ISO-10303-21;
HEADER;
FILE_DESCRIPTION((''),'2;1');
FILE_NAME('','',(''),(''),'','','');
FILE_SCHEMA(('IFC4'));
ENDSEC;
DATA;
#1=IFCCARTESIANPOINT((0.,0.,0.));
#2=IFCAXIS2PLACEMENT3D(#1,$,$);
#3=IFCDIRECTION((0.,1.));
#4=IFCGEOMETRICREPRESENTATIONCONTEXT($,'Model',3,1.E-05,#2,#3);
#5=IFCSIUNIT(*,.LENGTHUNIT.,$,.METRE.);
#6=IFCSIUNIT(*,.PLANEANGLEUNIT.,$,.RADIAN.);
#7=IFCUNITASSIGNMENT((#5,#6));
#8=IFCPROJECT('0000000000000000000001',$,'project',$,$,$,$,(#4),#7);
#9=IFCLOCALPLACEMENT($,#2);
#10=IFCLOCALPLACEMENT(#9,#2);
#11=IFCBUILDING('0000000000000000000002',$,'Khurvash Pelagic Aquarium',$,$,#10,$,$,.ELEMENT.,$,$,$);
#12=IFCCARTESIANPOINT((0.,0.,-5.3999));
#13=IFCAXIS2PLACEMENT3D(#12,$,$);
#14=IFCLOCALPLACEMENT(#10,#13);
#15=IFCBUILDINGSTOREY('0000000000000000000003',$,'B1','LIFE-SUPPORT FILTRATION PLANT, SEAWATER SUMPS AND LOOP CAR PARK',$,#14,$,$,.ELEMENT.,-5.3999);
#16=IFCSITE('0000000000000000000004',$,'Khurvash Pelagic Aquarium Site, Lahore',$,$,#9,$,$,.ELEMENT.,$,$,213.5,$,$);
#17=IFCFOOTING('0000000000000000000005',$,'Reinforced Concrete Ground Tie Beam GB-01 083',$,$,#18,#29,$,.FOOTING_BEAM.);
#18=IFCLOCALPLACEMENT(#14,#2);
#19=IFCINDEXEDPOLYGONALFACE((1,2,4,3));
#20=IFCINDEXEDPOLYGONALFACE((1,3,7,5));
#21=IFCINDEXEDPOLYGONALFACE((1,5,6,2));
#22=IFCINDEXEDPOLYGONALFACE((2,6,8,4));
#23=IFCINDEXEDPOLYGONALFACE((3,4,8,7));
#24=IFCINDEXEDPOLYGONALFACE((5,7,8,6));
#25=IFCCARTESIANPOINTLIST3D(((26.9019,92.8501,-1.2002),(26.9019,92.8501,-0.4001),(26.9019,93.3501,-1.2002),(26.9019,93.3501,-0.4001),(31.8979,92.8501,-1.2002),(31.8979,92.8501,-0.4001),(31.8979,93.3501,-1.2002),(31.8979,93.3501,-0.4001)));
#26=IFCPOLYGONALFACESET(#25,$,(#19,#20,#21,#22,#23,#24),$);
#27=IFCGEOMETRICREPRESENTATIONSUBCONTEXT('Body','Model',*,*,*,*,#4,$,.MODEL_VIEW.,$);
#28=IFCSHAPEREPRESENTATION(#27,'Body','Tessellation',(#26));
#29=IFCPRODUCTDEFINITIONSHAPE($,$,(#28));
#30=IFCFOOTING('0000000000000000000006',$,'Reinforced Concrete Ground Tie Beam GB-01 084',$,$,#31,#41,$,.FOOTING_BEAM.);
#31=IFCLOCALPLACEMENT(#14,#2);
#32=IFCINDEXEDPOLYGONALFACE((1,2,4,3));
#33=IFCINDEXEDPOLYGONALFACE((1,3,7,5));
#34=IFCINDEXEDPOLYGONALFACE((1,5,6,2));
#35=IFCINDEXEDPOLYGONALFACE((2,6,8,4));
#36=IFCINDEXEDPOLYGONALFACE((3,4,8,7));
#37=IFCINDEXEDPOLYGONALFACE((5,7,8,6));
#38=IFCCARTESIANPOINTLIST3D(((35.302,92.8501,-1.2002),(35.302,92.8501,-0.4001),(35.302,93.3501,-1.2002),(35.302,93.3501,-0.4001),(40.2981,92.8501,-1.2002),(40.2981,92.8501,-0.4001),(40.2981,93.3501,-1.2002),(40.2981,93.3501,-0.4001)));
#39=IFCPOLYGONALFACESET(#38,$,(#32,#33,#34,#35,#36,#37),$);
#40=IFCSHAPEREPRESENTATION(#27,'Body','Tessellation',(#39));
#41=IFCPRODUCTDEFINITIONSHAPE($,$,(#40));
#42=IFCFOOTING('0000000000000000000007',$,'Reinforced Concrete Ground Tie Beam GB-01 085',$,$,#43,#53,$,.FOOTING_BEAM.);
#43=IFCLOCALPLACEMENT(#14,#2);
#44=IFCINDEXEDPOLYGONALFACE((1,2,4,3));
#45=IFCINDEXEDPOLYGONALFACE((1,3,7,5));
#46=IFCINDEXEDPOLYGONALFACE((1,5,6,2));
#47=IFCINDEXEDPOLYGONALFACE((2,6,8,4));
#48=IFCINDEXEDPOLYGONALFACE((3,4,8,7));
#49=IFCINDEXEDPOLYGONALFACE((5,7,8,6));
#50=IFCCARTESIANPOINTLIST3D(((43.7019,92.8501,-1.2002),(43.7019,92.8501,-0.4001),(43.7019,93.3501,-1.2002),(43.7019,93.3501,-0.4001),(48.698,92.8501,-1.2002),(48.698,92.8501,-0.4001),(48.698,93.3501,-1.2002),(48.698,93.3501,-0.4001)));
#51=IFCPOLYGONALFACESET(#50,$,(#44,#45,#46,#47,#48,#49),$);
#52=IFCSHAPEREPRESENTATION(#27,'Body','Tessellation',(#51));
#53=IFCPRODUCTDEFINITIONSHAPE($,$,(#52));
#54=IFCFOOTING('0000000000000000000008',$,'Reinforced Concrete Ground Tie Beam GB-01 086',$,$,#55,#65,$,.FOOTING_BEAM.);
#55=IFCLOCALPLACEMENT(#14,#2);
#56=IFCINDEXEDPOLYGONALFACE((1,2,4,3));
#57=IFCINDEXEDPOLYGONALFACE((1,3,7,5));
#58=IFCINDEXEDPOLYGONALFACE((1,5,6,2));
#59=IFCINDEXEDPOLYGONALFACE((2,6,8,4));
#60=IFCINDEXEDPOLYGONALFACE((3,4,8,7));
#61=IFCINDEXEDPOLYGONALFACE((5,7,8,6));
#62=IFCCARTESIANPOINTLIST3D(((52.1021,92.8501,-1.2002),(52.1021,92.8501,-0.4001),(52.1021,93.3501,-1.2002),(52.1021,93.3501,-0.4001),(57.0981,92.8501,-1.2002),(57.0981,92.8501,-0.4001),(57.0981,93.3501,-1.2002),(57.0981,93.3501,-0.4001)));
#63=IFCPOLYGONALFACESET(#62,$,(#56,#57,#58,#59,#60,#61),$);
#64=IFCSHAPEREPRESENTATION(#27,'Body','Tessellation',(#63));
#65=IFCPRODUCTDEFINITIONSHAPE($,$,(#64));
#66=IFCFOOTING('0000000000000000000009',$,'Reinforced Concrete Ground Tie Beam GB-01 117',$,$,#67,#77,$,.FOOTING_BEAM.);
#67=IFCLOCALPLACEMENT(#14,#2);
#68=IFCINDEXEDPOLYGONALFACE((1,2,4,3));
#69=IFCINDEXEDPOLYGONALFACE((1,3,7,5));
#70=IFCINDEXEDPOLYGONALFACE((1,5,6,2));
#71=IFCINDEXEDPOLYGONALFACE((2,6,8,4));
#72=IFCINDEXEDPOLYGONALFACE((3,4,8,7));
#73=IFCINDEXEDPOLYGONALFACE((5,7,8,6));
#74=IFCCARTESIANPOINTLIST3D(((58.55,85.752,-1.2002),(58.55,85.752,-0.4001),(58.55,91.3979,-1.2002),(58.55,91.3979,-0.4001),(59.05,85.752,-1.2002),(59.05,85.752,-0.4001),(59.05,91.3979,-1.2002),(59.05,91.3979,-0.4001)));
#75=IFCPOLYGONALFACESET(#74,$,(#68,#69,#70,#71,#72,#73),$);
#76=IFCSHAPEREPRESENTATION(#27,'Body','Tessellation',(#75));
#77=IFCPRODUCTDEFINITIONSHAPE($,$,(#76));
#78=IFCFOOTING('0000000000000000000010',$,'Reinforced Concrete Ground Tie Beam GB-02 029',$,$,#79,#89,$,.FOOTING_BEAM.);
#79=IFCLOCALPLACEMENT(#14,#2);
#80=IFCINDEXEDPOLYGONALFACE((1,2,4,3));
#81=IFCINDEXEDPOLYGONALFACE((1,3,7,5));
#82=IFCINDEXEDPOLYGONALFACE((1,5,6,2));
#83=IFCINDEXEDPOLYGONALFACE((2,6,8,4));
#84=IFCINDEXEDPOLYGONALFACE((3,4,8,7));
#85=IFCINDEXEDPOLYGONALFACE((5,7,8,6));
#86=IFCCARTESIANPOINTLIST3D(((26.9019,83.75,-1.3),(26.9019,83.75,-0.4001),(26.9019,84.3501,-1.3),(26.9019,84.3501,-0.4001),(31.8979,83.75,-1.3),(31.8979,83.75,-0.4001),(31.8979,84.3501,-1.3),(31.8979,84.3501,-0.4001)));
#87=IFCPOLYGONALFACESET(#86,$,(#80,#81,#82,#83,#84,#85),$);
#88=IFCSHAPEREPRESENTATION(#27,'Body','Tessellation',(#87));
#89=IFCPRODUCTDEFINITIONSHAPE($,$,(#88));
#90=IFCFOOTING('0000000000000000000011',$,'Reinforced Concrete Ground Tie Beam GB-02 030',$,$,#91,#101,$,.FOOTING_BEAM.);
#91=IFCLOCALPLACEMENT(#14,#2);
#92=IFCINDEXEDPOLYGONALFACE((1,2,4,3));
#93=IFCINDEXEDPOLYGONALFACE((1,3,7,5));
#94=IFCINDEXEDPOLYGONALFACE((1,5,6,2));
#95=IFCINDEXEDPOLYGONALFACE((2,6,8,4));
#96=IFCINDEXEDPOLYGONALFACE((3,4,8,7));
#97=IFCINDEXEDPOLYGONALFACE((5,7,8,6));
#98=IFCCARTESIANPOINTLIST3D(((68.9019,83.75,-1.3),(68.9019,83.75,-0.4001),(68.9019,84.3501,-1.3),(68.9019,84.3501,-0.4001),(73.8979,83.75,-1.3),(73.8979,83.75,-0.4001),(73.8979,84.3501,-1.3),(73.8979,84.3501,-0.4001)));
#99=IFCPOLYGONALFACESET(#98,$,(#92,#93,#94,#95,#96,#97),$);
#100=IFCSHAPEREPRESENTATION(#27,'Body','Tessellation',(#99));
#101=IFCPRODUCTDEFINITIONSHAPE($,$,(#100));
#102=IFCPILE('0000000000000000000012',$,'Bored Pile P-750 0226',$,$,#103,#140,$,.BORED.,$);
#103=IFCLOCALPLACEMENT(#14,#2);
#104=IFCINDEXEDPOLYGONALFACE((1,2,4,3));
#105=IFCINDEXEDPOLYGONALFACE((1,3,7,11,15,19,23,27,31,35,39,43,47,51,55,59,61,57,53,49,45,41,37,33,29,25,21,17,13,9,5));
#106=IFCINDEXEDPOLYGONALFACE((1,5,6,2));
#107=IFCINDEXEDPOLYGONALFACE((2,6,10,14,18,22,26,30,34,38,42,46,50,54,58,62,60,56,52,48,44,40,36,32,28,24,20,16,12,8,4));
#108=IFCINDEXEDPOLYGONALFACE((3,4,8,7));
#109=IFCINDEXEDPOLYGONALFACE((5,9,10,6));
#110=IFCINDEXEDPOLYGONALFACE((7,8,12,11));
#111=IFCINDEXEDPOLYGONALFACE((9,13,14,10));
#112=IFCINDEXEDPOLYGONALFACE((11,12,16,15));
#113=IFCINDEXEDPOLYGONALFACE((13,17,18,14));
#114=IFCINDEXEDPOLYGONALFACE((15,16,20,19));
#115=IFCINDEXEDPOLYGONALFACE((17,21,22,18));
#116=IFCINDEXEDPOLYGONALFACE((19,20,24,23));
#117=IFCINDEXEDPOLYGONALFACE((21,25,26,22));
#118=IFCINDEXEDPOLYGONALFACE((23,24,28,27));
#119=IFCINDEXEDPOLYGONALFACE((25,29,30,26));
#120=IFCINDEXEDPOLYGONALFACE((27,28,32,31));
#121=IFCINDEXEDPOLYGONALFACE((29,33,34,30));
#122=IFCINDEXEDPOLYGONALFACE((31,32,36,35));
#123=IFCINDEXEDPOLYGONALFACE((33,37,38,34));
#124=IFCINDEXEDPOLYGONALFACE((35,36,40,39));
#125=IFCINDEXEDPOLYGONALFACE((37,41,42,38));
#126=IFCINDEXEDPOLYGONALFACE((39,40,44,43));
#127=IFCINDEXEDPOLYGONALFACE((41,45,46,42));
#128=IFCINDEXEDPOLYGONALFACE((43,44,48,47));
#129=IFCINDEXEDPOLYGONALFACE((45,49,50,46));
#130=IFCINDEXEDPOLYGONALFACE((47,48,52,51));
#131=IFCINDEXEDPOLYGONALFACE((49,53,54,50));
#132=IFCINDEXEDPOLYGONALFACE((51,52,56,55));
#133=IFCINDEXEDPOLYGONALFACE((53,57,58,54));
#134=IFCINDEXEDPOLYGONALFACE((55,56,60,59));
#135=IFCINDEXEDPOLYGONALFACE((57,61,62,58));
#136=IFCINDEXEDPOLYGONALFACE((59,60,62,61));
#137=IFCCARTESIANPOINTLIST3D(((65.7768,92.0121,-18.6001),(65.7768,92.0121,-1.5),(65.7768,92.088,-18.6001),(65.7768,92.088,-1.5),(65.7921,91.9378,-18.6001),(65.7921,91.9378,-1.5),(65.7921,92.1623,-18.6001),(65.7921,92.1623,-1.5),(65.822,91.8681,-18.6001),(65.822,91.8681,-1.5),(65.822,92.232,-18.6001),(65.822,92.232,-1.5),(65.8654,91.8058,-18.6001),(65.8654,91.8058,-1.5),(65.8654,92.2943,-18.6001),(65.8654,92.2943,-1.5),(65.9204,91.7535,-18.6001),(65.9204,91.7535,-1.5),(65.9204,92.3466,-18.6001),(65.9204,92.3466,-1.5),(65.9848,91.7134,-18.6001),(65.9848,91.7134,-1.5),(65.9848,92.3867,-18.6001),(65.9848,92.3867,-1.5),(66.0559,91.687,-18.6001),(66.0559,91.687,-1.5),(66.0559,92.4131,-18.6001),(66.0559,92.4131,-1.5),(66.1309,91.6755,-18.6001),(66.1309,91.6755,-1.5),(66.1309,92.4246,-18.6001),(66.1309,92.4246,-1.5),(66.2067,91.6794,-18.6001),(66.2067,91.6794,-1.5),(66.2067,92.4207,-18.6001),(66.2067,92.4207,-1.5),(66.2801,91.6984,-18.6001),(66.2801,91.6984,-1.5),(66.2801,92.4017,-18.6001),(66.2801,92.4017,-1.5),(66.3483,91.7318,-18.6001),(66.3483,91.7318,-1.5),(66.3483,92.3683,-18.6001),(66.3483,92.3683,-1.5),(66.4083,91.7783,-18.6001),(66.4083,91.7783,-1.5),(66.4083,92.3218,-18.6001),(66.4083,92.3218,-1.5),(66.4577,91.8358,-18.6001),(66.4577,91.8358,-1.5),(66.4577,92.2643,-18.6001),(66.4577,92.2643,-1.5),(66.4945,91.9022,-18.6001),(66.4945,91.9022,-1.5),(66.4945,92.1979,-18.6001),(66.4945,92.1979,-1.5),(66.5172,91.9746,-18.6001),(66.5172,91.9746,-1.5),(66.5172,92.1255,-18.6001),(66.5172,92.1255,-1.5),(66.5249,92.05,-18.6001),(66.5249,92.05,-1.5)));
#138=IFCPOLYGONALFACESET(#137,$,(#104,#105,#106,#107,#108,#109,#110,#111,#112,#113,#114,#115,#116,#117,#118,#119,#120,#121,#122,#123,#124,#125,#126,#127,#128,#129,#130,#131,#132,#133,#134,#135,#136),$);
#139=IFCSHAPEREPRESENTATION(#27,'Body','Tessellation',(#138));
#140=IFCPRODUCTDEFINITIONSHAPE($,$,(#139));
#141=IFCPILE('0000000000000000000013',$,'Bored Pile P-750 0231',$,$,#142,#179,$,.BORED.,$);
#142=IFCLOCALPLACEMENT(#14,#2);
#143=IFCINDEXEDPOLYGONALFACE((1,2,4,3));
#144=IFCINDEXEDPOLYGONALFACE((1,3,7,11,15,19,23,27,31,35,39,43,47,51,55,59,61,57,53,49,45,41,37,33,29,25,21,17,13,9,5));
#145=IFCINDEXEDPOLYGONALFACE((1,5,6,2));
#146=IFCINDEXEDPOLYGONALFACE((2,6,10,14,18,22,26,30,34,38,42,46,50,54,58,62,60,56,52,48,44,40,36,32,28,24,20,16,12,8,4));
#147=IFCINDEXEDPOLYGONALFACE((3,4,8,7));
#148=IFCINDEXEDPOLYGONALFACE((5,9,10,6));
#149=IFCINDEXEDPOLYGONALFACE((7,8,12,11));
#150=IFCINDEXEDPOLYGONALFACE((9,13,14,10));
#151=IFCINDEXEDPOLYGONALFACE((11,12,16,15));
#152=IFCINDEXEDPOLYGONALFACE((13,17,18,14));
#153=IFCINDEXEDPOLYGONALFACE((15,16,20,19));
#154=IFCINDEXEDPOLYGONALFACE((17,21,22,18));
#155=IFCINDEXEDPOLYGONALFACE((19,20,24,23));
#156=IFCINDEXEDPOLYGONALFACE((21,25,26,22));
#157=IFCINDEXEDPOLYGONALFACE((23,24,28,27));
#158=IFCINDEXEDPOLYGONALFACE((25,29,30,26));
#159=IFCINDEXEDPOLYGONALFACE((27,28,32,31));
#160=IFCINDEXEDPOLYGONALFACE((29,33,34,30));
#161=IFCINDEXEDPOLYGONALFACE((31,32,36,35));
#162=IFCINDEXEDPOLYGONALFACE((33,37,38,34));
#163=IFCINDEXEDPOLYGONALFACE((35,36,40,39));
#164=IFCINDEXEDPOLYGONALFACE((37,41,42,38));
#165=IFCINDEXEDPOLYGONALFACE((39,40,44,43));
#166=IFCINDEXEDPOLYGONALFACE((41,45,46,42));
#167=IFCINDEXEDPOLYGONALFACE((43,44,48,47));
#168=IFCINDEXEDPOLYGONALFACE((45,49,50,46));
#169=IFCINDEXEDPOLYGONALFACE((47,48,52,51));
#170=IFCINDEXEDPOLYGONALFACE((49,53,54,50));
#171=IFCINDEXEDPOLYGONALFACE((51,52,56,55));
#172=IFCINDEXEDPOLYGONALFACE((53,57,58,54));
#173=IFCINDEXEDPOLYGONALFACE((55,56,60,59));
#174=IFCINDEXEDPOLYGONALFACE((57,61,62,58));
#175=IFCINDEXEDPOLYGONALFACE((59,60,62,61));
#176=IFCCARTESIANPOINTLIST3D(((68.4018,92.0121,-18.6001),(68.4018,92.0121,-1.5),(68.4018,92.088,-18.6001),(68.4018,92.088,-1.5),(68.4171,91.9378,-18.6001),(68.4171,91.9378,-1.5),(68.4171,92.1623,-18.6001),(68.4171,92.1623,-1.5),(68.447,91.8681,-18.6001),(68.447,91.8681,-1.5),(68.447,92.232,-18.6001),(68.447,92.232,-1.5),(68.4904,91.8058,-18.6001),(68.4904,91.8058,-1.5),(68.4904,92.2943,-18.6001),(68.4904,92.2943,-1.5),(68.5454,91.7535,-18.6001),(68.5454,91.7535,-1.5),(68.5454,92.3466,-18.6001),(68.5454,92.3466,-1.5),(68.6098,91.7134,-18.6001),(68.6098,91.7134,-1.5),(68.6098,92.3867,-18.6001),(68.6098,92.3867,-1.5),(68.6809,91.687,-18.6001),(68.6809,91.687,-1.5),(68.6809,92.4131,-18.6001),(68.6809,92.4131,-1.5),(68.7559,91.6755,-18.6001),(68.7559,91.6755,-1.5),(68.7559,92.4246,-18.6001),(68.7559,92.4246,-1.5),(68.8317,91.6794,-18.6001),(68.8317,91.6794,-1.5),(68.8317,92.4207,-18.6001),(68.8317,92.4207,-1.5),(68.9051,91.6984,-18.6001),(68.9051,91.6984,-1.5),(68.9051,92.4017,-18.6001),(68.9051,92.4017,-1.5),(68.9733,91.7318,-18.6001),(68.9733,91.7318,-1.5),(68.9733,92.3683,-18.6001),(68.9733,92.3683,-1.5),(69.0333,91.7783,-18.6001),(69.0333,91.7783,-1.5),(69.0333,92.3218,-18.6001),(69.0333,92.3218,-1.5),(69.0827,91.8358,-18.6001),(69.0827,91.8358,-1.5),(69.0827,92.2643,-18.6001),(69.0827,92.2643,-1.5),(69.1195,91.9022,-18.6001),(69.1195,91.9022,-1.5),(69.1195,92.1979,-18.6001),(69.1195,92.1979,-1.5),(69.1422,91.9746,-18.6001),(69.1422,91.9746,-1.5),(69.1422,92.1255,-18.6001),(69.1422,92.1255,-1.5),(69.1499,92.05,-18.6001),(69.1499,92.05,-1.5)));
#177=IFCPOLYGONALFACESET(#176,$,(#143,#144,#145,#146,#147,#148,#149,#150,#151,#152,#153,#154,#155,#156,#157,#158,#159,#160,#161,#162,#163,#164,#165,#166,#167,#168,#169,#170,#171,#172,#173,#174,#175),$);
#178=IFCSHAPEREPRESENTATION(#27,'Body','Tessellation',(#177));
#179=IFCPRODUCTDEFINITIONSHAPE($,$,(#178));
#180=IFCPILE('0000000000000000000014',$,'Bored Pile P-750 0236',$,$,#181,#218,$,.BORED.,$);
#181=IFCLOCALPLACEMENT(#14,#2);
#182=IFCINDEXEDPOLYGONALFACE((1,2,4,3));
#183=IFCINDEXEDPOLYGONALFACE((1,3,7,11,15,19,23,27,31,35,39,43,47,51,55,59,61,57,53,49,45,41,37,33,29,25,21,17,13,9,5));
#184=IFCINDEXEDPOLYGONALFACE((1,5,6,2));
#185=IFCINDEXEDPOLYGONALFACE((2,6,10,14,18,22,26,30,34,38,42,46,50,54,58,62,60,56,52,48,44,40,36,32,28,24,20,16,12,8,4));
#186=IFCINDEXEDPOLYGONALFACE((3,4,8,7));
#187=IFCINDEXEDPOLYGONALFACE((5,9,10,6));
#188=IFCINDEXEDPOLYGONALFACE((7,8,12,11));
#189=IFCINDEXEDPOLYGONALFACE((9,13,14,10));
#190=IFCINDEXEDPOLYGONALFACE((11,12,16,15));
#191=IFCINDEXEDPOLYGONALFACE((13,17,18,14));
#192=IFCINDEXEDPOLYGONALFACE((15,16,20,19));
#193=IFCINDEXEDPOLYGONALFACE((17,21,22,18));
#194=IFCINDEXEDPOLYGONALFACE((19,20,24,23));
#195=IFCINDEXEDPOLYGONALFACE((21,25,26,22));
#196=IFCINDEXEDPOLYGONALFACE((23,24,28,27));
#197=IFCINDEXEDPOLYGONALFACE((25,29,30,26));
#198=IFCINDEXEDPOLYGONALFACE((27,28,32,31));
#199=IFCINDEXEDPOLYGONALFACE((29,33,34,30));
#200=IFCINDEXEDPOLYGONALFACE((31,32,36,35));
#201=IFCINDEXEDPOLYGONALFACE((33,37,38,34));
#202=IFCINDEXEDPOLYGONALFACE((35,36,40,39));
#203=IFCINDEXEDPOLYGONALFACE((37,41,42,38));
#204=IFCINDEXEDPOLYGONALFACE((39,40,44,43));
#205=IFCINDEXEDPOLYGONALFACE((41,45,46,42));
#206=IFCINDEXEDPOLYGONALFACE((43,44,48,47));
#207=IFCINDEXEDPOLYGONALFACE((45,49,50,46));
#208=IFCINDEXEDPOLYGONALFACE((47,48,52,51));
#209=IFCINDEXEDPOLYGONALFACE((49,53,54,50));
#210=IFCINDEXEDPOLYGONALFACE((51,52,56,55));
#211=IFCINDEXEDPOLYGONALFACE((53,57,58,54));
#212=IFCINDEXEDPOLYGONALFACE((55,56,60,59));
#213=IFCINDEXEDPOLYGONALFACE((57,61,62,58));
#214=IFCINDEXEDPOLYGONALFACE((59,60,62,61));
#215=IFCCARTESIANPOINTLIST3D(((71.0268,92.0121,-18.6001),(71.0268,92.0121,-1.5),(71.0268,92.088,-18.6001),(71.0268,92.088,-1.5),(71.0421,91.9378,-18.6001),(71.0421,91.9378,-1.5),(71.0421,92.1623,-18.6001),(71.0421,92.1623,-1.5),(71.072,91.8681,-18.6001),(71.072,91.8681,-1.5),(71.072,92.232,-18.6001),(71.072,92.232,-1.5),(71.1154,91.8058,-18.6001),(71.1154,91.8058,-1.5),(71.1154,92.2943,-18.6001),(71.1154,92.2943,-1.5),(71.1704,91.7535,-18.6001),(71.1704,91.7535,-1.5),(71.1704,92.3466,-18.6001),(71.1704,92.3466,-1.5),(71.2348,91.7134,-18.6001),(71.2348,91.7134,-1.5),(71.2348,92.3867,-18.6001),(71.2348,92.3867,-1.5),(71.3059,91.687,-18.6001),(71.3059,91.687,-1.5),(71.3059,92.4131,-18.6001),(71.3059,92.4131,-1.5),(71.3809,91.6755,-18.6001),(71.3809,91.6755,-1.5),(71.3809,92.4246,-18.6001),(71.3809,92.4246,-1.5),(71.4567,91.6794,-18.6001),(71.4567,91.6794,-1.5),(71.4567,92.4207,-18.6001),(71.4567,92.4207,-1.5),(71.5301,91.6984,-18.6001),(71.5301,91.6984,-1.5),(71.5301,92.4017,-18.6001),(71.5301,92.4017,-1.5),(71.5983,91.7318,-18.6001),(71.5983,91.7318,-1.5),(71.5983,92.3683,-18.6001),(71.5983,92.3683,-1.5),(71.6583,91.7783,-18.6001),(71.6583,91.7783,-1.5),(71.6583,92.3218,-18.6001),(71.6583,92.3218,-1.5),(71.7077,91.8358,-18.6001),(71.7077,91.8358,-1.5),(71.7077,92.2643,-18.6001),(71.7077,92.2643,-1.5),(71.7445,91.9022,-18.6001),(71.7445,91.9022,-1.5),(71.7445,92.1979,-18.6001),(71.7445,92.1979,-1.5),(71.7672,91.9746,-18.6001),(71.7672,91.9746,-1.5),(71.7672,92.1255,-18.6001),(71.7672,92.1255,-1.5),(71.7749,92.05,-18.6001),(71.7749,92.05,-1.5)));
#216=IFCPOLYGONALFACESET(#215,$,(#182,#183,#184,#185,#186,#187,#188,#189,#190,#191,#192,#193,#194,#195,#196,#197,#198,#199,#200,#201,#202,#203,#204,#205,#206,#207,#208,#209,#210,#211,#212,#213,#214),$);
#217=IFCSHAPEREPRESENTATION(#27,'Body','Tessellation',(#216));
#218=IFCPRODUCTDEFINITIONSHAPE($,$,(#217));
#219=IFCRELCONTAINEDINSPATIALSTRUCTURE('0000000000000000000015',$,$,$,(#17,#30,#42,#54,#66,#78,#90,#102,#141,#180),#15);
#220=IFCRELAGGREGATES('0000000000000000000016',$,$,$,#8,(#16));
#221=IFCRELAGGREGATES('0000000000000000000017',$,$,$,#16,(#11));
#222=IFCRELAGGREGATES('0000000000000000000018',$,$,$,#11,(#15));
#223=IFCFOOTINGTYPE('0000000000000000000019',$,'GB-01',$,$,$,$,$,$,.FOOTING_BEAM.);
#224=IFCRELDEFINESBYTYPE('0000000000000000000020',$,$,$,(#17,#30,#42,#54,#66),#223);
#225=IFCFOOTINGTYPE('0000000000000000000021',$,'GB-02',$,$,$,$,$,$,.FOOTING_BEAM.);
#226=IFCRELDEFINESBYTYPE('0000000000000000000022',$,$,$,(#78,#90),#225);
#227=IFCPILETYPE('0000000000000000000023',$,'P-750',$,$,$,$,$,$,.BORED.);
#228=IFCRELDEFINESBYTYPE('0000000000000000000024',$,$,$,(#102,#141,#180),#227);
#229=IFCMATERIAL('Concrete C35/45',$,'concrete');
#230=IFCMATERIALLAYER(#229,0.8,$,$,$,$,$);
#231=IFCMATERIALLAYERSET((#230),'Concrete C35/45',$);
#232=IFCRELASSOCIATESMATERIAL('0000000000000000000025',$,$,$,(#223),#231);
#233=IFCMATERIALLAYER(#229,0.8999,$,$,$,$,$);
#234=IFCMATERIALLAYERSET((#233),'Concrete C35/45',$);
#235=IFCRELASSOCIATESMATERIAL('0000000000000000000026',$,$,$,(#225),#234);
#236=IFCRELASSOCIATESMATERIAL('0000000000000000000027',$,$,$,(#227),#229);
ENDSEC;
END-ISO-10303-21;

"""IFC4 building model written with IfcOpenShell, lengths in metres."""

from ifc_helpers import new_model, si_unit, direction, frame, origin, origin_2d, place, context, subcontext, project, spatial, rectangle, circle, extrude, material, layer, layer_set, material_profile, profile_set, type_object, element, save


model = new_model("IFC4")

# Units and contexts
model_context = context("Model", 3, precision=1e-05, world=origin(), true_north=direction((0.0, 1.0)))
body_context = subcontext(model_context, "Body", "Model", "MODEL_VIEW")
ifc_project = project(units=[si_unit("LENGTHUNIT", "METRE"), si_unit("PLANEANGLEUNIT", "RADIAN")], contexts=[model_context])

# Site, building, storey
site_placement = place(None, origin())
site = spatial("IfcSite", under=ifc_project, at=site_placement, Name="Khurvash Pelagic Aquarium Site, Lahore", CompositionType="ELEMENT", RefElevation=213.5)
building_placement = place(site_placement, origin())
building = spatial("IfcBuilding", under=site, at=building_placement, Name="Khurvash Pelagic Aquarium", CompositionType="ELEMENT")
storey_placement = place(building_placement, frame((0.0, 0.0, -5.3999)))
storey = spatial("IfcBuildingStorey", under=building, at=storey_placement, Name="B1", Description="LIFE-SUPPORT FILTRATION PLANT, SEAWATER SUMPS AND LOOP CAR PARK", CompositionType="ELEMENT", Elevation=-5.3999)

# Footings
ifc_material_1 = material(Name="Concrete C35/45", Category="concrete")
ifc_layer_1 = layer(ifc_material_1, 0.8)
ifc_layer_set_1 = layer_set([ifc_layer_1], Name="Concrete C35/45")
footing_type_1 = type_object("IfcFootingType", Name="GB-01", PredefinedType="FOOTING_BEAM", material=ifc_layer_set_1)
for number, where, z_axis, x_axis, name in (
    (1, (29.3999, 93.1001, -1.2002), (0.0, 0.0, 1.0), (1.0, 0.0, 0.0), "Reinforced Concrete Ground Tie Beam GB-01 083"),
    (2, (37.8, 93.1001, -1.2002), (0.0, 0.0, 1.0), (1.0, 0.0, 0.0), "Reinforced Concrete Ground Tie Beam GB-01 084"),
    (3, (46.2, 93.1001, -1.2002), (0.0, 0.0, 1.0), (1.0, 0.0, 0.0), "Reinforced Concrete Ground Tie Beam GB-01 085"),
    (4, (54.6001, 93.1001, -1.2002), (0.0, 0.0, 1.0), (1.0, 0.0, 0.0), "Reinforced Concrete Ground Tie Beam GB-01 086"),
):
    element("IfcFooting", number, at=place(storey_placement, frame(where, z_axis=z_axis, x_axis=x_axis)), inside=storey, type_object=footing_type_1, Name=name, PredefinedType="FOOTING_BEAM", context=body_context, shape_type="SweptSolid", body=[
        extrude(rectangle(XDim=4.9961, YDim=0.5, at=origin_2d()), origin(), (0.0, 0.0, 1.0), 0.8),
    ])
footing_placement = place(storey_placement, frame((58.8, 88.575, -1.2002), z_axis=(0.0, 0.0, 1.0), x_axis=(0.0, 1.0, 0.0)))
element("IfcFooting", 5, at=footing_placement, inside=storey, type_object=footing_type_1, Name="Reinforced Concrete Ground Tie Beam GB-01 117", PredefinedType="FOOTING_BEAM", context=body_context, shape_type="SweptSolid", body=[
    extrude(rectangle(XDim=5.646, YDim=0.5, at=origin_2d()), origin(), (0.0, 0.0, 1.0), 0.8),
])
ifc_layer_2 = layer(ifc_material_1, 0.8999)
ifc_layer_set_2 = layer_set([ifc_layer_2], Name="Concrete C35/45")
footing_type_2 = type_object("IfcFootingType", Name="GB-02", PredefinedType="FOOTING_BEAM", material=ifc_layer_set_2)
for number, where, z_axis, x_axis, name in (
    (6, (29.3999, 84.05, -1.3), (0.0, 0.0, 1.0), (1.0, 0.0, 0.0), "Reinforced Concrete Ground Tie Beam GB-02 029"),
    (7, (71.3999, 84.05, -1.3), (0.0, 0.0, 1.0), (1.0, 0.0, 0.0), "Reinforced Concrete Ground Tie Beam GB-02 030"),
):
    element("IfcFooting", number, at=place(storey_placement, frame(where, z_axis=z_axis, x_axis=x_axis)), inside=storey, type_object=footing_type_2, Name=name, PredefinedType="FOOTING_BEAM", context=body_context, shape_type="SweptSolid", body=[
        extrude(rectangle(XDim=4.9961, YDim=0.6001, at=origin_2d()), origin(), (0.0, 0.0, 1.0), 0.8999),
    ])

# Piles
ifc_material_profile_1 = material_profile(ifc_material_1, circle(Radius=0.375, at=origin_2d()), Name="PILE750")
ifc_profile_set_1 = profile_set([ifc_material_profile_1], Name="Concrete C35/45")
pile_type = type_object("IfcPileType", Name="P-750", PredefinedType="BORED", material=ifc_profile_set_1)
for number, where, z_axis, x_axis, name in (
    (8, (66.1499, 92.05, -1.5), (0.0, 0.0, -1.0), (1.0, 0.0, 0.0), "Bored Pile P-750 0226"),
    (9, (68.7749, 92.05, -1.5), (0.0, 0.0, -1.0), (1.0, 0.0, 0.0), "Bored Pile P-750 0231"),
    (10, (71.3999, 92.05, -1.5), (0.0, 0.0, -1.0), (1.0, 0.0, 0.0), "Bored Pile P-750 0236"),
):
    element("IfcPile", number, at=place(storey_placement, frame(where, z_axis=z_axis, x_axis=x_axis)), inside=storey, type_object=pile_type, Name=name, PredefinedType="BORED", context=body_context, shape_type="SweptSolid", body=[
        extrude(circle(Radius=0.375, at=origin_2d()), origin(), (0.0, 0.0, 1.0), 17.1001),
    ])

save(model, "model.ifc")
